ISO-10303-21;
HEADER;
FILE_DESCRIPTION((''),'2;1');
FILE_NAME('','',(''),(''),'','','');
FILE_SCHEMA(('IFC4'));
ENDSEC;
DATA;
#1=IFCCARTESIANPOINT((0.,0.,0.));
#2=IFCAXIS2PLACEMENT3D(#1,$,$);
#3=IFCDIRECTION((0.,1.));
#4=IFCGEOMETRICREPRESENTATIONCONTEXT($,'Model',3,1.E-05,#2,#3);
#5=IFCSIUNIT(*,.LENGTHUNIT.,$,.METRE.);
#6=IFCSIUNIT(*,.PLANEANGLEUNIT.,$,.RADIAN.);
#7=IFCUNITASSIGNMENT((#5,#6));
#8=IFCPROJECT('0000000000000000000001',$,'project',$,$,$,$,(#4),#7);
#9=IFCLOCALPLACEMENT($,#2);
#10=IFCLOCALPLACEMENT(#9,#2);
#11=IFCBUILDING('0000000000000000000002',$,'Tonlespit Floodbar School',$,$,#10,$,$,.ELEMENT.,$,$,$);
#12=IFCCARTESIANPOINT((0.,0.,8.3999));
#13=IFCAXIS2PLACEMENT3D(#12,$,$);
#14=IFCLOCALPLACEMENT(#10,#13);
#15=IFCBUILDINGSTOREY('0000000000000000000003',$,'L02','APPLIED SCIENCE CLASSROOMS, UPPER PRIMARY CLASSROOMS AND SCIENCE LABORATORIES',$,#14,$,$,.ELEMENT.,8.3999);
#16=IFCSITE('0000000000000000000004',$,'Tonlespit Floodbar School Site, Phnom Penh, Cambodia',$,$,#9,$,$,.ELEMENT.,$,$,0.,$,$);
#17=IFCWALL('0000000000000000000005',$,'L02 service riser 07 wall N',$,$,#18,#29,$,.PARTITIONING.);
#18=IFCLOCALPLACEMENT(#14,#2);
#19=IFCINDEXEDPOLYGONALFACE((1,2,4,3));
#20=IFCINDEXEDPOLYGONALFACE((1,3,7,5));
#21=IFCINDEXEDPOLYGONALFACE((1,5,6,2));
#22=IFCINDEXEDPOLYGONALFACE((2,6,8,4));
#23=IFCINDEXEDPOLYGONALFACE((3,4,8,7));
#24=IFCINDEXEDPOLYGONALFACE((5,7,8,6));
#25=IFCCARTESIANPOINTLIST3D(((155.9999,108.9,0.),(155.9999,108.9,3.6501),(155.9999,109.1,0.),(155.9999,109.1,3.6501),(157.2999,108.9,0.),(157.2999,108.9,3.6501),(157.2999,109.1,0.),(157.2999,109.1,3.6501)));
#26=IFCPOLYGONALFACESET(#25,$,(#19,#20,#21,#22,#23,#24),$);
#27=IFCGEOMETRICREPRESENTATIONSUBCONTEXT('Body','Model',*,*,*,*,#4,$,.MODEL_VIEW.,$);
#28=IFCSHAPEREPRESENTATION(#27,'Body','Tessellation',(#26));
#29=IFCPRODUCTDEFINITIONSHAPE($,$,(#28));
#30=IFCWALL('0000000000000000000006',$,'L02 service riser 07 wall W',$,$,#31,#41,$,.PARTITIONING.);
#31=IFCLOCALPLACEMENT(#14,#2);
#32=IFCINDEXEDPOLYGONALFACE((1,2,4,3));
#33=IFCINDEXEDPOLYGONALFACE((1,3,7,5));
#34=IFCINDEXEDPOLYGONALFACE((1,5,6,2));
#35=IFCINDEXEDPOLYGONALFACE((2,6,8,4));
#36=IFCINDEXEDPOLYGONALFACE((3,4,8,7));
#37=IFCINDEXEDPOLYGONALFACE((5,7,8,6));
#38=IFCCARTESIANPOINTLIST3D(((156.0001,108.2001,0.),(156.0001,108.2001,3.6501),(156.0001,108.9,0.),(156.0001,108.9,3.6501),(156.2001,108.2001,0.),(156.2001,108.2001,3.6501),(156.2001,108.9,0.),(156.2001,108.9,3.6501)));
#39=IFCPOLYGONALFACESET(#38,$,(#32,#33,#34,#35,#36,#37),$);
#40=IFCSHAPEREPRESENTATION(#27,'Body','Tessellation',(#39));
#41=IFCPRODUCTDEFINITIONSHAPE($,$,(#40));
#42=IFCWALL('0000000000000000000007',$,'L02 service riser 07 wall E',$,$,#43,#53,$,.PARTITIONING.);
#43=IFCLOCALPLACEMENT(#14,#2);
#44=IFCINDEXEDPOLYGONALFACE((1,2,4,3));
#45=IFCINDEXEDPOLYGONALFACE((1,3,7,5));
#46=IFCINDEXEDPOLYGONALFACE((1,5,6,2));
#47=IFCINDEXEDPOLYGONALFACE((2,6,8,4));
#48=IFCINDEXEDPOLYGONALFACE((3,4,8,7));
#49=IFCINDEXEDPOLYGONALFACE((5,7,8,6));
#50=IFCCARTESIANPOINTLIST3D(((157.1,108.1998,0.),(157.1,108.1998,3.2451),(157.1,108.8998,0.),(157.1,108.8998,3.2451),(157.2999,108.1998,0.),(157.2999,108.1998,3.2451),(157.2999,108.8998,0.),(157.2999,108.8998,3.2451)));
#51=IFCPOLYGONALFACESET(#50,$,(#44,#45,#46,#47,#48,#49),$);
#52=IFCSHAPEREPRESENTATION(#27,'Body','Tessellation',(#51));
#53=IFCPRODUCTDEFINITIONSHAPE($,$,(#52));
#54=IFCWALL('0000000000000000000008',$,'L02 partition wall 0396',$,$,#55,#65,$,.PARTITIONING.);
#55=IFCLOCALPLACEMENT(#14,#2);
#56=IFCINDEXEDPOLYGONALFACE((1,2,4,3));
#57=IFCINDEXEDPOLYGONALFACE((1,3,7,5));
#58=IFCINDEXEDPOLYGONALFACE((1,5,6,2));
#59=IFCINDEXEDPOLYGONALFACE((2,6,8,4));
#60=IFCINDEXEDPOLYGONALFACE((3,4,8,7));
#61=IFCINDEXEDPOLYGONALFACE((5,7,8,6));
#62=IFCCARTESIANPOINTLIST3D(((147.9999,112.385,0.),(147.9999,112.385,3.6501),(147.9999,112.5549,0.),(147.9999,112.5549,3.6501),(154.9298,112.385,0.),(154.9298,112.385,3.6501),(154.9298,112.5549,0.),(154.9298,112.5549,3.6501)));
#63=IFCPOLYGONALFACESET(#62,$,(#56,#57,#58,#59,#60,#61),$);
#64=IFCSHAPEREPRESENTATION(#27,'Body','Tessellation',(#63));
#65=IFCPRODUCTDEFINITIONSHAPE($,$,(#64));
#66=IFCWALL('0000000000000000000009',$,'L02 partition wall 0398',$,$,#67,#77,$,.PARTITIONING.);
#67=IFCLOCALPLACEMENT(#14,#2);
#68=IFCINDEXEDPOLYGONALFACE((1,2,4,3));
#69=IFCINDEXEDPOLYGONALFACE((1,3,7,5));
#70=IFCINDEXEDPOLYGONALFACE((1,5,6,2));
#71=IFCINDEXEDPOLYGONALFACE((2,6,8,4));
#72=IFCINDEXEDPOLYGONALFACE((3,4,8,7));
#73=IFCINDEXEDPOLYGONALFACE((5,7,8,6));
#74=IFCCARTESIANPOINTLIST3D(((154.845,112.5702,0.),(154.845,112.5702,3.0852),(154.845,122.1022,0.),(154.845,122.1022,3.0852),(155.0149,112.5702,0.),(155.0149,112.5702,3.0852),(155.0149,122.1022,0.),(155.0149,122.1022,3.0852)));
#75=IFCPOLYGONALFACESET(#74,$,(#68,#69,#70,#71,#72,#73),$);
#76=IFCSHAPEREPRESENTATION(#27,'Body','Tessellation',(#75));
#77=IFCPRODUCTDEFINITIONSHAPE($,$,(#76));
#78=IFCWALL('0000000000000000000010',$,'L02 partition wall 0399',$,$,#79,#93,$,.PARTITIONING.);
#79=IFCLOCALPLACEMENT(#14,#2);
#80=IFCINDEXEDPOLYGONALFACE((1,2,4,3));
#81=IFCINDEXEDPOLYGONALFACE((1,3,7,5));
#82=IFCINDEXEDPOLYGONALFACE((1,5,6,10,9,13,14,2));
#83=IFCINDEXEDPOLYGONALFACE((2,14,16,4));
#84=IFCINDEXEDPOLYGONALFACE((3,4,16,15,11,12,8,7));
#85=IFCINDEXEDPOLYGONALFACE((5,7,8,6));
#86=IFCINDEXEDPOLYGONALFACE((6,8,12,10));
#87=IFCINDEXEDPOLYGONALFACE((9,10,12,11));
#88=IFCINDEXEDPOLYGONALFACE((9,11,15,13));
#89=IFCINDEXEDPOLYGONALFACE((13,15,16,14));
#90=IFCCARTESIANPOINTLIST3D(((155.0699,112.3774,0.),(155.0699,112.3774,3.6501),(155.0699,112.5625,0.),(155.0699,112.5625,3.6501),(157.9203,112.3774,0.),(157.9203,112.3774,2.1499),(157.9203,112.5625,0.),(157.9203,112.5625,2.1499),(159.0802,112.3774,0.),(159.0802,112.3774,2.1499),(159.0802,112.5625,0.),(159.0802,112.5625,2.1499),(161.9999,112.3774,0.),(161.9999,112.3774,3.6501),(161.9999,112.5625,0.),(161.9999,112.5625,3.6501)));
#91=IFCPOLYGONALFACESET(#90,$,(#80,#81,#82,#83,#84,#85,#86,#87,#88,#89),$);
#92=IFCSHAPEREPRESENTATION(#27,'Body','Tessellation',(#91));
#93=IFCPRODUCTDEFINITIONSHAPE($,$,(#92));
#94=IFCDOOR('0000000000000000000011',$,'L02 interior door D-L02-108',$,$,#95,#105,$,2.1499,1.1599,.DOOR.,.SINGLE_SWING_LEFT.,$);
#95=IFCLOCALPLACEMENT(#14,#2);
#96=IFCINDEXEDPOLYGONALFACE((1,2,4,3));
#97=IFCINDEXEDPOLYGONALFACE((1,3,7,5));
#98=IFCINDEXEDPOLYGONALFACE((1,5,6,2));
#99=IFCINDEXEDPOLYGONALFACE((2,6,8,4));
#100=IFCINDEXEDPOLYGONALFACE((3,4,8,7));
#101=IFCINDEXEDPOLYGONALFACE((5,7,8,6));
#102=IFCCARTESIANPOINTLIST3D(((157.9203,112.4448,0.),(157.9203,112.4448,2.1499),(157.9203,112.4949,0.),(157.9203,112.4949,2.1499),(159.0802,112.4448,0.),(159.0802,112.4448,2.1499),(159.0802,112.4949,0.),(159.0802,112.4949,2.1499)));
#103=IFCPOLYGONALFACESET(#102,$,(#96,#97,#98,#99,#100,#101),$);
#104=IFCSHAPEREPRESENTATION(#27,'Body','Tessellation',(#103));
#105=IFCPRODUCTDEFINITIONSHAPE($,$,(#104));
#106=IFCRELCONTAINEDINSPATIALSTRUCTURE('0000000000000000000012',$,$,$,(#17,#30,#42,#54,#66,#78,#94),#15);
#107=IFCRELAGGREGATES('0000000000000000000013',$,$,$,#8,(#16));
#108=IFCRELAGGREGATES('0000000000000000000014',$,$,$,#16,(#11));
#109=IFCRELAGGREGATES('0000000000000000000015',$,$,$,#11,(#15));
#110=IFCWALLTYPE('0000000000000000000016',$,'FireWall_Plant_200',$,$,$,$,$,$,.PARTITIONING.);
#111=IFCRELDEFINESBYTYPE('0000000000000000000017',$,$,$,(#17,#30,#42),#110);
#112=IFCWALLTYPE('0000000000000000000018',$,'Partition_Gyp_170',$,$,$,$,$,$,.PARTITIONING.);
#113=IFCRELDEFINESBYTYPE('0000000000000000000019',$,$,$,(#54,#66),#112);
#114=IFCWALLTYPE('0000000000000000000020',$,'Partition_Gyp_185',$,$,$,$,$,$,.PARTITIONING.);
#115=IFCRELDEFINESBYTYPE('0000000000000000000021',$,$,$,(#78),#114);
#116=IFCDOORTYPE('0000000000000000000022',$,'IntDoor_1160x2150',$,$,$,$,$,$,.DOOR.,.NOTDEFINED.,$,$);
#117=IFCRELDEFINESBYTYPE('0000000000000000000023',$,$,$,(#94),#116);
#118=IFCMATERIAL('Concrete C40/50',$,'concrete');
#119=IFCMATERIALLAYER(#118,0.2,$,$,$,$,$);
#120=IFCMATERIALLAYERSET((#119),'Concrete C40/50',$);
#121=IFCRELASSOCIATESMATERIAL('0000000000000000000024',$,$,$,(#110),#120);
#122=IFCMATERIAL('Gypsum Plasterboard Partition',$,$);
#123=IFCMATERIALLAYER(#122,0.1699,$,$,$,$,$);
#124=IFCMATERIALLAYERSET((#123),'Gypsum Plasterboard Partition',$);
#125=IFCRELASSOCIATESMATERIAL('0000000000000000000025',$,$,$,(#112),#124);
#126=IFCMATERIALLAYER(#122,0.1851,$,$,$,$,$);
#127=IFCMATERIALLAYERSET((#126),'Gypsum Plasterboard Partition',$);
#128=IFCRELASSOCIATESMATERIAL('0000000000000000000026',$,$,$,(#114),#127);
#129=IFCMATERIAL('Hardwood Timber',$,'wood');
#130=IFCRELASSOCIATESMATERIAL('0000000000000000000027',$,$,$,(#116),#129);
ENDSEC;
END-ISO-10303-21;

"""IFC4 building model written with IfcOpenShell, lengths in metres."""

from ifc_helpers import new_model, si_unit, direction, frame, frame_2d, origin, place, context, subcontext, project, spatial, rectangle, extrude, material, layer, layer_set, type_object, element, fill, save


model = new_model("IFC4")

# Units and contexts
model_context = context("Model", 3, precision=1e-05, world=origin(), true_north=direction((0.0, 1.0)))
body_context = subcontext(model_context, "Body", "Model", "MODEL_VIEW")
ifc_project = project(units=[si_unit("LENGTHUNIT", "METRE"), si_unit("PLANEANGLEUNIT", "RADIAN")], contexts=[model_context])

# Site, building, storey
site_placement = place(None, origin())
site = spatial("IfcSite", under=ifc_project, at=site_placement, Name="Tonlespit Floodbar School Site, Phnom Penh, Cambodia", CompositionType="ELEMENT", RefElevation=0.0)
building_placement = place(site_placement, origin())
building = spatial("IfcBuilding", under=site, at=building_placement, Name="Tonlespit Floodbar School", CompositionType="ELEMENT")
storey_placement = place(building_placement, frame((0.0, 0.0, 8.3999)))
storey = spatial("IfcBuildingStorey", under=building, at=storey_placement, Name="L02", Description="APPLIED SCIENCE CLASSROOMS, UPPER PRIMARY CLASSROOMS AND SCIENCE LABORATORIES", CompositionType="ELEMENT", Elevation=8.3999)

# Walls
ifc_material_1 = material(Name="Concrete C40/50", Category="concrete")
ifc_layer_1 = layer(ifc_material_1, 0.2)
ifc_layer_set_1 = layer_set([ifc_layer_1], Name="Concrete C40/50")
wall_type_1 = type_object("IfcWallType", Name="FireWall_Plant_200", PredefinedType="PARTITIONING", material=ifc_layer_set_1)
for number, where, z_axis, x_axis, name in (
    (1, (156.0, 109.0, 0.0), (0.0, 0.0, 1.0), (1.0, 0.0, 0.0), "L02 service riser 07 wall N"),
):
    element("IfcWall", number, at=place(storey_placement, frame(where, z_axis=z_axis, x_axis=x_axis)), inside=storey, type_object=wall_type_1, Name=name, PredefinedType="PARTITIONING", context=body_context, shape_type="SweptSolid", body=[
        extrude(rectangle(XDim=1.3, YDim=0.2, at=frame_2d((0.6499, 0.0))), origin(), (0.0, 0.0, 1.0), 3.6501),
    ])
wall_1_placement = place(storey_placement, frame((156.1001, 108.2, 0.0), z_axis=(0.0, 0.0, 1.0), x_axis=(0.0, 1.0, 0.0)))
element("IfcWall", 2, at=wall_1_placement, inside=storey, type_object=wall_type_1, Name="L02 service riser 07 wall W", PredefinedType="PARTITIONING", context=body_context, shape_type="SweptSolid", body=[
    extrude(rectangle(XDim=0.7, YDim=0.2, at=frame_2d((0.3501, 0.0))), origin(), (0.0, 0.0, 1.0), 3.6501),
])
wall_2_placement = place(storey_placement, frame((157.2, 108.8999, 0.0), z_axis=(0.0, 0.0, 1.0), x_axis=(0.0, -1.0, 0.0)))
element("IfcWall", 3, at=wall_2_placement, inside=storey, type_object=wall_type_1, Name="L02 service riser 07 wall E", PredefinedType="PARTITIONING", context=body_context, shape_type="SweptSolid", body=[
    extrude(rectangle(XDim=0.7, YDim=0.2, at=frame_2d((0.3501, 0.0))), origin(), (0.0, 0.0, 1.0), 3.2451),
])
ifc_material_2 = material(Name="Gypsum Plasterboard Partition")
ifc_layer_2 = layer(ifc_material_2, 0.1699)
ifc_layer_set_2 = layer_set([ifc_layer_2], Name="Gypsum Plasterboard Partition")
wall_type_2 = type_object("IfcWallType", Name="Partition_Gyp_170", PredefinedType="PARTITIONING", material=ifc_layer_set_2)
wall_3_placement = place(storey_placement, frame((148.0, 112.47, 0.0), z_axis=(0.0, 0.0, 1.0), x_axis=(1.0, 0.0, 0.0)))
element("IfcWall", 4, at=wall_3_placement, inside=storey, type_object=wall_type_2, Name="L02 partition wall 0396", PredefinedType="PARTITIONING", context=body_context, shape_type="SweptSolid", body=[
    extrude(rectangle(XDim=6.9299, YDim=0.1699, at=frame_2d((3.4648, 0.0))), origin(), (0.0, 0.0, 1.0), 3.6501),
])
wall_4_placement = place(storey_placement, frame((154.9299, 112.5701, 0.0), z_axis=(0.0, 0.0, 1.0), x_axis=(0.0, 1.0, 0.0)))
element("IfcWall", 5, at=wall_4_placement, inside=storey, type_object=wall_type_2, Name="L02 partition wall 0398", PredefinedType="PARTITIONING", context=body_context, shape_type="SweptSolid", body=[
    extrude(rectangle(XDim=9.532, YDim=0.1699, at=frame_2d((4.7661, 0.0))), origin(), (0.0, 0.0, 1.0), 3.0852),
])

# Wall, opening, door
ifc_layer_3 = layer(ifc_material_2, 0.1851)
ifc_layer_set_3 = layer_set([ifc_layer_3], Name="Gypsum Plasterboard Partition")
wall_type_3 = type_object("IfcWallType", Name="Partition_Gyp_185", PredefinedType="PARTITIONING", material=ifc_layer_set_3)
wall_5_placement = place(storey_placement, frame((155.0701, 112.47, 0.0), z_axis=(0.0, 0.0, 1.0), x_axis=(1.0, 0.0, 0.0)))
wall_5 = element("IfcWall", 6, at=wall_5_placement, inside=storey, type_object=wall_type_3, Name="L02 partition wall 0399", PredefinedType="PARTITIONING", context=body_context, shape_type="SweptSolid", body=[
    extrude(rectangle(XDim=6.9299, YDim=0.1851, at=frame_2d((3.4648, 0.0))), origin(), (0.0, 0.0, 1.0), 3.6501),
])
opening_placement = place(wall_5_placement, frame((2.8501, 0.0, 0.0)))
opening = element("IfcOpeningElement", 7, at=opening_placement, cuts=wall_5, PredefinedType="OPENING", context=body_context, shape_type="SweptSolid", body=[
    extrude(rectangle(XDim=1.1599, YDim=2.1499, at=frame_2d((0.5801, 1.075))), frame((0.0, 0.1025, 0.0), z_axis=(0.0, -1.0, 0.0), x_axis=(1.0, 0.0, 0.0)), (0.0, 0.0, 1.0), 0.2051),
])
ifc_material_3 = material(Name="Hardwood Timber", Category="wood")
door_type = type_object("IfcDoorType", Name="IntDoor_1160x2150", OperationType="NOTDEFINED", PredefinedType="DOOR", material=ifc_material_3)
door_placement = place(opening_placement, origin())
door = element("IfcDoor", 8, at=door_placement, inside=storey, type_object=door_type, Name="L02 interior door D-L02-108", OperationType="SINGLE_SWING_LEFT", OverallHeight=2.1499, OverallWidth=1.1599, PredefinedType="DOOR", context=body_context, shape_type="SweptSolid", body=[
    extrude(rectangle(XDim=1.1599, YDim=2.1499, at=frame_2d((0.5801, 1.075))), frame((0.0, 0.0249, 0.0), z_axis=(0.0, -1.0, 0.0), x_axis=(1.0, 0.0, 0.0)), (0.0, 0.0, 1.0), 0.05),
])
fill(opening, door)

save(model, "model.ifc")
